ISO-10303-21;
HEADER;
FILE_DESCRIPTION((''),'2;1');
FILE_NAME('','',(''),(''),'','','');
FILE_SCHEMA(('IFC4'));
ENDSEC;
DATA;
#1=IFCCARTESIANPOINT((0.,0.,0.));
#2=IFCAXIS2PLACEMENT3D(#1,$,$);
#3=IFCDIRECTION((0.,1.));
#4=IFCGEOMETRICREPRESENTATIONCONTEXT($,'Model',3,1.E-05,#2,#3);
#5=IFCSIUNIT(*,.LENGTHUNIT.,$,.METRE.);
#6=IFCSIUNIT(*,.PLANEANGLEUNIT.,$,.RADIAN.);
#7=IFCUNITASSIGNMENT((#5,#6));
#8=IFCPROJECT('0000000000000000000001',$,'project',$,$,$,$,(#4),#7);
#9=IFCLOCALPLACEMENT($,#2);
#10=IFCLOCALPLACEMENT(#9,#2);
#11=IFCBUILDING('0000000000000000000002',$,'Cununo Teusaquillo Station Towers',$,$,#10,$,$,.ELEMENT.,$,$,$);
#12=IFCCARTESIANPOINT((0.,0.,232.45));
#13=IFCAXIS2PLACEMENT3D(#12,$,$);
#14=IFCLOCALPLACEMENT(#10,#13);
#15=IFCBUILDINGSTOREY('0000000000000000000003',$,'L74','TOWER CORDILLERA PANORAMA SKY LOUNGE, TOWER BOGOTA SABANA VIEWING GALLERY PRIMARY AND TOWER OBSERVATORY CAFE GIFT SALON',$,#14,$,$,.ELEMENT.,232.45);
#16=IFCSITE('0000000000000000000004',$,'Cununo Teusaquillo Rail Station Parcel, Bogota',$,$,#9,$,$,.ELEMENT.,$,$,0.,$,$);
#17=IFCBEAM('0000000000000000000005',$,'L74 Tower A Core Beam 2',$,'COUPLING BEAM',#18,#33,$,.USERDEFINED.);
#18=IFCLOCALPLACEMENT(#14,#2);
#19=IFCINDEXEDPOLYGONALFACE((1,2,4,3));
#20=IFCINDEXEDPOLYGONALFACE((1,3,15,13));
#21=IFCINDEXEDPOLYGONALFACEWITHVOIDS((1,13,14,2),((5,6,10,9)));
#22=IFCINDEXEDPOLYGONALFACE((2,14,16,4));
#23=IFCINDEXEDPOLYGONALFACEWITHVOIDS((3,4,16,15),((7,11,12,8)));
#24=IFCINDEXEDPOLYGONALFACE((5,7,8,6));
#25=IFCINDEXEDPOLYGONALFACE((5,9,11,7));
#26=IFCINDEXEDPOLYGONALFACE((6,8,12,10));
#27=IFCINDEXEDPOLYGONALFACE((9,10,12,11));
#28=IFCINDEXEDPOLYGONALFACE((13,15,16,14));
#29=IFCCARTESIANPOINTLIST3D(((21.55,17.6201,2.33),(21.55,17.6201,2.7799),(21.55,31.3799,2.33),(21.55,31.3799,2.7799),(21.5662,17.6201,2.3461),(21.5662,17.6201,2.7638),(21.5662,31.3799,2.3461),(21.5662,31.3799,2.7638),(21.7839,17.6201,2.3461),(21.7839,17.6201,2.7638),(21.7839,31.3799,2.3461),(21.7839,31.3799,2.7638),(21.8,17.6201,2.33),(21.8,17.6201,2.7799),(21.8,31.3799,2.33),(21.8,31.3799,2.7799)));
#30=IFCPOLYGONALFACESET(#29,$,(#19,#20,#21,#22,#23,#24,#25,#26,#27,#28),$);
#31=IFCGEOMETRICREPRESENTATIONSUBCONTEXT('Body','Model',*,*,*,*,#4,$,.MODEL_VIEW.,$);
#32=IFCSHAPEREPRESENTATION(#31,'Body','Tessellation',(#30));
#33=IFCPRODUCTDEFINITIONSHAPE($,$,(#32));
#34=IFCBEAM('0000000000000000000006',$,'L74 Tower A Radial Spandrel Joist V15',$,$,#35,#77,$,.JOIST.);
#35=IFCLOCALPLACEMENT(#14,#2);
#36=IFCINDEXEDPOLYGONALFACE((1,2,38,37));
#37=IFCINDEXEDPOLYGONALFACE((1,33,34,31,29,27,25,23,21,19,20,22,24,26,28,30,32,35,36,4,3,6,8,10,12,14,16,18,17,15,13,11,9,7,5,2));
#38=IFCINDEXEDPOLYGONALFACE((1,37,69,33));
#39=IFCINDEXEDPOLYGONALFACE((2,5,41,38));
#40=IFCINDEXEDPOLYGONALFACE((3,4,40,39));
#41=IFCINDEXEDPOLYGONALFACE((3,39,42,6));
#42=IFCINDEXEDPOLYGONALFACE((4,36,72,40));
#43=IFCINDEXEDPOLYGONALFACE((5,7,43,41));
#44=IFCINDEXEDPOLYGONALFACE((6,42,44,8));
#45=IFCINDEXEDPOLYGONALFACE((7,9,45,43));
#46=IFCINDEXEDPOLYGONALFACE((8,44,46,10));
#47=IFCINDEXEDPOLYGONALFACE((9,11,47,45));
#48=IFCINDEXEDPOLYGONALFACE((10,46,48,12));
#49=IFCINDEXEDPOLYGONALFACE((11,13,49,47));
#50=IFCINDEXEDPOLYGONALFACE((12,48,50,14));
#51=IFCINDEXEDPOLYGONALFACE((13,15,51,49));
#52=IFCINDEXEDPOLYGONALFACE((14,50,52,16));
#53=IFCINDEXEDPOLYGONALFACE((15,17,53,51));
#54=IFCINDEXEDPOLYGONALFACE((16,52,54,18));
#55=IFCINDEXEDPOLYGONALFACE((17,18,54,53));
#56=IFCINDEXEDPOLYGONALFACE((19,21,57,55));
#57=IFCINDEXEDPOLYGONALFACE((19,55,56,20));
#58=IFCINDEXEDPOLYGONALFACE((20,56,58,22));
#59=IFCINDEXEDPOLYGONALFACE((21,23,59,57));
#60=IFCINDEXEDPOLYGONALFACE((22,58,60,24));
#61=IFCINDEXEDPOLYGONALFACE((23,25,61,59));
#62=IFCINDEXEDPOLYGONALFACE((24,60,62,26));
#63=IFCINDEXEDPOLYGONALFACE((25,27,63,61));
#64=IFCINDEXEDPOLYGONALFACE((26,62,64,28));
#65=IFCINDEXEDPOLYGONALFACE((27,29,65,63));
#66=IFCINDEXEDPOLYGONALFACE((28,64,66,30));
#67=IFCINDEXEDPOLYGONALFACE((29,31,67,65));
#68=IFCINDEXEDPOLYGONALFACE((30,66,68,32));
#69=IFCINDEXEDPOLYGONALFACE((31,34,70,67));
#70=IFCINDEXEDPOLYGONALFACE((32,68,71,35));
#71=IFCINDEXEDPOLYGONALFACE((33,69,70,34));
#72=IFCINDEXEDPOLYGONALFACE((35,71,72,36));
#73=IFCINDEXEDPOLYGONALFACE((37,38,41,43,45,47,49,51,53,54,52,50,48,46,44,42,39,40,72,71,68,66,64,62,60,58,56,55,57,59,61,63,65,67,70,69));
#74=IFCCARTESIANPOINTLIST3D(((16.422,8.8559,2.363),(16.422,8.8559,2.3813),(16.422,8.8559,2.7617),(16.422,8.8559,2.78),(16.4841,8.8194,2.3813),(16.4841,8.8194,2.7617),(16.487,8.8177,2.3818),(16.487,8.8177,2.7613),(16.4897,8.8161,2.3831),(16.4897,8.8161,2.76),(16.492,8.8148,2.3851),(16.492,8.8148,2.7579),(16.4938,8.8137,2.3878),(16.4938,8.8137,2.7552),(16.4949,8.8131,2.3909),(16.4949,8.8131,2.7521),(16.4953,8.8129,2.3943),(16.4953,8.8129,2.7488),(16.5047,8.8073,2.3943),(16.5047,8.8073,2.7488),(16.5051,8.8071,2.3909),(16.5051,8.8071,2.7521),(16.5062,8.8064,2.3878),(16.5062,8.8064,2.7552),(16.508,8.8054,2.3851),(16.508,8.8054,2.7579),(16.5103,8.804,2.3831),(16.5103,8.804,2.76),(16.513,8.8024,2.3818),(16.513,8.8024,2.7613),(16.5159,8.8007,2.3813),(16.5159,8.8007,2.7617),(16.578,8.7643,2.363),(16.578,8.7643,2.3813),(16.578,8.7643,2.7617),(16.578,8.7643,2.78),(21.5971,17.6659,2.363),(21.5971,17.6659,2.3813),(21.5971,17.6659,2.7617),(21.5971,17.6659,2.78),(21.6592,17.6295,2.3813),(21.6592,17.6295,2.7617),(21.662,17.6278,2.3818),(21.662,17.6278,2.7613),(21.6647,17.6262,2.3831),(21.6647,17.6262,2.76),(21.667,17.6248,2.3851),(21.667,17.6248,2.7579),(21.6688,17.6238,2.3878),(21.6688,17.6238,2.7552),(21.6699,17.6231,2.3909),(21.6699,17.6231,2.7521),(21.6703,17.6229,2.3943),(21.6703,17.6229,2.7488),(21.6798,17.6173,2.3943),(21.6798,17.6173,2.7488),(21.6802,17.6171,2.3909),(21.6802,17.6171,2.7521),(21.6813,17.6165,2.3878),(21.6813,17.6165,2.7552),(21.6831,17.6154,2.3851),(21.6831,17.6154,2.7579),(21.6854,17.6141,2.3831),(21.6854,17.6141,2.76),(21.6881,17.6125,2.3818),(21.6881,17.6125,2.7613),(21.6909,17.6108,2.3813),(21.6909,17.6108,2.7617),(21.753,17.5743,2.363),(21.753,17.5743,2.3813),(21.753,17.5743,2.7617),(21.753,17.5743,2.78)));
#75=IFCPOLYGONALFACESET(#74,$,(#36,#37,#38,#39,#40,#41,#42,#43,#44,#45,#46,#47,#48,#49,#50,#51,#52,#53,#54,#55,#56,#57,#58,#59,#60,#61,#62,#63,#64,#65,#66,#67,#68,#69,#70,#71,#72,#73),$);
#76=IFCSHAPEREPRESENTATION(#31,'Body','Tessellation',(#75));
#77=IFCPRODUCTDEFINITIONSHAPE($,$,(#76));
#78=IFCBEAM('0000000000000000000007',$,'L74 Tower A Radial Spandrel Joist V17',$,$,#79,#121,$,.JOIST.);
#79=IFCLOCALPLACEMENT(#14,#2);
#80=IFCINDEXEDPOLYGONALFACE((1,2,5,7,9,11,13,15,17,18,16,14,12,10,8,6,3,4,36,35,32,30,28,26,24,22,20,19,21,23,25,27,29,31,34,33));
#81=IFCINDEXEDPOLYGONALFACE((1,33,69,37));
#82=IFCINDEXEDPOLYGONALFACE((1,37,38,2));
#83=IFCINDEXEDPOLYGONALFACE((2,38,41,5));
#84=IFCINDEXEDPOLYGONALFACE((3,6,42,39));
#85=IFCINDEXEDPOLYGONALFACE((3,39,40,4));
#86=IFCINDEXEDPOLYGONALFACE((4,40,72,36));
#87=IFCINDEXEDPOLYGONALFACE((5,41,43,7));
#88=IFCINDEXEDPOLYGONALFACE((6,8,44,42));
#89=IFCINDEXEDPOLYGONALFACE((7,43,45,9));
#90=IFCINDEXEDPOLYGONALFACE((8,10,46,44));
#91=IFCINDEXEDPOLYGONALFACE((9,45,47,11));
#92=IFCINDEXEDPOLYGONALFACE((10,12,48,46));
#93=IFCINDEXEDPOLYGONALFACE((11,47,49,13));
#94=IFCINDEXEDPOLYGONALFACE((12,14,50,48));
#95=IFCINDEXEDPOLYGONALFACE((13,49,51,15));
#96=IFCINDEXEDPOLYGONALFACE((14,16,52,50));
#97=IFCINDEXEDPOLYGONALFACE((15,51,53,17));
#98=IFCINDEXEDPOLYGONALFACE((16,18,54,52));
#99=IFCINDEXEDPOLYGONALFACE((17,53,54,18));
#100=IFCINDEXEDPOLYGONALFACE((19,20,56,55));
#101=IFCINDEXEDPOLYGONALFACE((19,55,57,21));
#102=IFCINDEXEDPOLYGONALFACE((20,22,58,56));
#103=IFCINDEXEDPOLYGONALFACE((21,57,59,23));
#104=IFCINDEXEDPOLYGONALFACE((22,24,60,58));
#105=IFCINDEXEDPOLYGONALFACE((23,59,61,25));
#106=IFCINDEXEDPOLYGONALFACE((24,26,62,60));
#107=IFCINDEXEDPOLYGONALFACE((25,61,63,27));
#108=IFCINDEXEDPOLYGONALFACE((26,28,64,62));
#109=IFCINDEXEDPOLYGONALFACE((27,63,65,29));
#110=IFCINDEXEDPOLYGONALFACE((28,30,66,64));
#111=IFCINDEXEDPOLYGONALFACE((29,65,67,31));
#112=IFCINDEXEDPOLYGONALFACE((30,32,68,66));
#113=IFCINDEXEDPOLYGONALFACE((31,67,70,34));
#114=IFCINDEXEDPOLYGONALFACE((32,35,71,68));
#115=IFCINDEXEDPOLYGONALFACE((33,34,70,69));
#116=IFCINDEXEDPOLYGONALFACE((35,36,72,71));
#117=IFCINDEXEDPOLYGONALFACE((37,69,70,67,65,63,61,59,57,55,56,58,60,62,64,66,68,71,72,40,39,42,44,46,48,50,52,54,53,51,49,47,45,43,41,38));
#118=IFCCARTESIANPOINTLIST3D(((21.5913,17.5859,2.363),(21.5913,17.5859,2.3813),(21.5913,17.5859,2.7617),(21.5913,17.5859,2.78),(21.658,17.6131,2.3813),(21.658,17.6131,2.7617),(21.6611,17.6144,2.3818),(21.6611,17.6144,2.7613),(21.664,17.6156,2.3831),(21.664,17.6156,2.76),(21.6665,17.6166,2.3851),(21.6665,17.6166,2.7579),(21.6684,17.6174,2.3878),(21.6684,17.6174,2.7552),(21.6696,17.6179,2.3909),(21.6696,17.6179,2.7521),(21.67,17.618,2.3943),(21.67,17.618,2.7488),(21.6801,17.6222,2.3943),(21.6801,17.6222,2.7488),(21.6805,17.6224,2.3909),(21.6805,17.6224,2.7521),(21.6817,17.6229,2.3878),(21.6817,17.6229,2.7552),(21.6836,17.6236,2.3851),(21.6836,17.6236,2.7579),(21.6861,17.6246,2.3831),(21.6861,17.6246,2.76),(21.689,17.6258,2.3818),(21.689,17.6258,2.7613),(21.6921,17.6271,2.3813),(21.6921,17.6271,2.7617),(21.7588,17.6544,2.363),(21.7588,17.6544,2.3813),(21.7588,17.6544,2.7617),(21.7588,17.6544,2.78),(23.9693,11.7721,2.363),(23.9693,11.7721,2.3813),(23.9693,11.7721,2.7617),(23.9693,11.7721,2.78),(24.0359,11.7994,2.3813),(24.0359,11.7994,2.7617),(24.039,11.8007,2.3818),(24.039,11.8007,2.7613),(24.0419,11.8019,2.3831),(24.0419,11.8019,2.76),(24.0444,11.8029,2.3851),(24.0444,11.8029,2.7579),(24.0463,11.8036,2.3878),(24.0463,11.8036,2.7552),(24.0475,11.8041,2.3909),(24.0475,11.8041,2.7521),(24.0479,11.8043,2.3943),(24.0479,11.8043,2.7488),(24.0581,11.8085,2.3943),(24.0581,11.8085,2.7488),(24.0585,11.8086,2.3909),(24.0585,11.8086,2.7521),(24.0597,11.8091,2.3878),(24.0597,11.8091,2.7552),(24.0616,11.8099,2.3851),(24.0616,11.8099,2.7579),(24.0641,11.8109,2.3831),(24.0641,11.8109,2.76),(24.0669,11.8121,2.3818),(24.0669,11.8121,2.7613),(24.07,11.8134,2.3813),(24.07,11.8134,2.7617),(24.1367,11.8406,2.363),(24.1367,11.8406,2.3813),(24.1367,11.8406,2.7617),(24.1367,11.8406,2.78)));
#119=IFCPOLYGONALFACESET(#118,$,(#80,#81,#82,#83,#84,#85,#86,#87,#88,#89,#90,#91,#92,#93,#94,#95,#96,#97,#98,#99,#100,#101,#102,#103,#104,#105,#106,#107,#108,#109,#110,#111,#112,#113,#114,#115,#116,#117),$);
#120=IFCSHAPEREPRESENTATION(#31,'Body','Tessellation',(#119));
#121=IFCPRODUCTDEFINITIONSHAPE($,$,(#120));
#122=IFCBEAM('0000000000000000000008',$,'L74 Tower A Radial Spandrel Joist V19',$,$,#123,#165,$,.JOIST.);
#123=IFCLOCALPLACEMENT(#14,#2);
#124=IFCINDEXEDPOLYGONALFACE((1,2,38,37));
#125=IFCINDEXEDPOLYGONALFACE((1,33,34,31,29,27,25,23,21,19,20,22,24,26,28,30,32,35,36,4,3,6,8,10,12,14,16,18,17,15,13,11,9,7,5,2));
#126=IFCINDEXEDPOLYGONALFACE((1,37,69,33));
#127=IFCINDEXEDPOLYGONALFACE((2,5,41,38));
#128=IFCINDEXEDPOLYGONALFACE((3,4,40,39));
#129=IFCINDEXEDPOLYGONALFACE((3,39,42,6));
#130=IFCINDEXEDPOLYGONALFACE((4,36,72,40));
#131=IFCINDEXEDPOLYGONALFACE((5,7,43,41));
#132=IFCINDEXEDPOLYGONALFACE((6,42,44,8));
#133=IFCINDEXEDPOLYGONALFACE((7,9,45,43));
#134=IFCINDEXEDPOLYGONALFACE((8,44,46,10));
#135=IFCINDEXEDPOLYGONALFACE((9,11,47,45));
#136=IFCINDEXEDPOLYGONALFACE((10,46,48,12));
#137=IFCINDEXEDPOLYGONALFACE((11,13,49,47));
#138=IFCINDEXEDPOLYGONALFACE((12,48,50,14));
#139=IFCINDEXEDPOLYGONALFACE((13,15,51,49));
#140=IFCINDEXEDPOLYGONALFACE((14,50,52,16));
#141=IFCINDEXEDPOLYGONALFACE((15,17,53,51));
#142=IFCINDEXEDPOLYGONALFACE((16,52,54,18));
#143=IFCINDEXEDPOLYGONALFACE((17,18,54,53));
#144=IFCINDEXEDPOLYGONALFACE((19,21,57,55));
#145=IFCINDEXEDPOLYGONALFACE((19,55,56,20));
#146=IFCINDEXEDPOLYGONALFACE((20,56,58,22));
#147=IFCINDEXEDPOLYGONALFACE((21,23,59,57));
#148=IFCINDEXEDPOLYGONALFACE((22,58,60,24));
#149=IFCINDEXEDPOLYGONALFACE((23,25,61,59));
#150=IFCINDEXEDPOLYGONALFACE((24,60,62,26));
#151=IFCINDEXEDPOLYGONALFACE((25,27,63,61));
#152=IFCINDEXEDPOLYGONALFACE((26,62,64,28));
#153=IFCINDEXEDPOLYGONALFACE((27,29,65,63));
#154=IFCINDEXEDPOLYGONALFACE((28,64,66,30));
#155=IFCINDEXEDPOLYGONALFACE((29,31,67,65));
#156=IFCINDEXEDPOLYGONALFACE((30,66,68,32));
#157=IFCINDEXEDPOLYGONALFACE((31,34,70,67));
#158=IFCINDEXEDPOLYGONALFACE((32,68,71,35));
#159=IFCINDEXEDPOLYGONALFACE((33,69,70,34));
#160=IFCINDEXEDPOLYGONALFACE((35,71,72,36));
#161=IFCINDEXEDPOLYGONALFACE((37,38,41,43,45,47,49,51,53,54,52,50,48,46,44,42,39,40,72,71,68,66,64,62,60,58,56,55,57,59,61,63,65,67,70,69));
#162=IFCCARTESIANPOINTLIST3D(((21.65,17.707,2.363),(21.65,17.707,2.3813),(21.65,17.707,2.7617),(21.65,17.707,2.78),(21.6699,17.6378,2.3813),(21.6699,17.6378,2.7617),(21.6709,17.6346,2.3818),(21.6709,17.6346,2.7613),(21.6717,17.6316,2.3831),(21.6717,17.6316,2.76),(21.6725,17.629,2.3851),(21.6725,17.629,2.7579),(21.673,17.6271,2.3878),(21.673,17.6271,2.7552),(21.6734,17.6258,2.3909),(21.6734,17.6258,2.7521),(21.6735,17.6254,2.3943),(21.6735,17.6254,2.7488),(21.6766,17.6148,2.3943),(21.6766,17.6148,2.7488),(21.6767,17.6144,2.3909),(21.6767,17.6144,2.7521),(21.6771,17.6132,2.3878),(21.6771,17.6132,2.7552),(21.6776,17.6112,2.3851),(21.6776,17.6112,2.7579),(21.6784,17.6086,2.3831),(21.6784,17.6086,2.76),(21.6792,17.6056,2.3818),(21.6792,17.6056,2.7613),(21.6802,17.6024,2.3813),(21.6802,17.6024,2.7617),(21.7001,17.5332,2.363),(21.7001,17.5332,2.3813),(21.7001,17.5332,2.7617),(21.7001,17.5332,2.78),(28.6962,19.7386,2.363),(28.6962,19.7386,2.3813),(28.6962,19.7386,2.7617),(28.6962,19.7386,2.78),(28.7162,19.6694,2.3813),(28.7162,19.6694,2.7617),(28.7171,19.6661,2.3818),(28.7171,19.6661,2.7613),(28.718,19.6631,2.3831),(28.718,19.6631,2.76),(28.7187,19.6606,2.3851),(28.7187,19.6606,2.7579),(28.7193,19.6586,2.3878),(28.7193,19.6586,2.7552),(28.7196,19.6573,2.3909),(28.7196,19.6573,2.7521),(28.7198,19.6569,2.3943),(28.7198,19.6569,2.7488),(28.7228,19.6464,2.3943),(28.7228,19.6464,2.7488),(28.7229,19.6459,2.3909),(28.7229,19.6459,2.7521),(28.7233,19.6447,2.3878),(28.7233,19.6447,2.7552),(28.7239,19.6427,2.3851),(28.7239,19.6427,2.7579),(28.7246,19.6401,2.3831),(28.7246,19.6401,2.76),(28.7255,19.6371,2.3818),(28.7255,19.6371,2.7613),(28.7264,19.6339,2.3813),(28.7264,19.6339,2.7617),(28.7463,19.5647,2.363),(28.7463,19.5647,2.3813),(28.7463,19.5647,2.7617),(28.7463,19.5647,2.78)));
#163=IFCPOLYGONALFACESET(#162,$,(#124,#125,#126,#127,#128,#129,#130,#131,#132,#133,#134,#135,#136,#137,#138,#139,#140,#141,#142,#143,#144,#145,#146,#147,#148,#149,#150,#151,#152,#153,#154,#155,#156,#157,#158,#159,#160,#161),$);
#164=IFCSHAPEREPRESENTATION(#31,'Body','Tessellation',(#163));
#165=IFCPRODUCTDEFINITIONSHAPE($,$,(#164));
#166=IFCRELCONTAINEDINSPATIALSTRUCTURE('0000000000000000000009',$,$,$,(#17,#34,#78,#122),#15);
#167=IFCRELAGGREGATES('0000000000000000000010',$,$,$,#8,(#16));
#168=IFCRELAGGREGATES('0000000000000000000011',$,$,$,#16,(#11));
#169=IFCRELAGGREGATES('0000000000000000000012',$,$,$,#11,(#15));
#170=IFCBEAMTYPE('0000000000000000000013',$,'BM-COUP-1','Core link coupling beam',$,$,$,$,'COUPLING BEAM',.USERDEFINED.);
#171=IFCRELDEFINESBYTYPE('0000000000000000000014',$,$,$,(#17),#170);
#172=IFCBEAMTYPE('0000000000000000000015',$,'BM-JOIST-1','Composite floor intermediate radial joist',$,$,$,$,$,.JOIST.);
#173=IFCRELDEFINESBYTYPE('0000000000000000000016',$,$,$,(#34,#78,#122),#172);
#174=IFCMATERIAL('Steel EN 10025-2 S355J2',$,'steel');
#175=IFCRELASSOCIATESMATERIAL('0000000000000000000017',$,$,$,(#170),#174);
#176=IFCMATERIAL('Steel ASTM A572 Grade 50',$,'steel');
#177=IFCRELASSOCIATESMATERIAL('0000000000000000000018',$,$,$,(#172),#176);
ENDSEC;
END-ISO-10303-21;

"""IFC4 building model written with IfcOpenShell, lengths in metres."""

from ifc_helpers import new_model, si_unit, direction, frame, origin, origin_2d, place, context, subcontext, project, spatial, hollow_rectangle, i_section, extrude, material, material_profile, profile_set, type_object, element, save


model = new_model("IFC4")

# Units and contexts
model_context = context("Model", 3, precision=1e-05, world=origin(), true_north=direction((0.0, 1.0)))
body_context = subcontext(model_context, "Body", "Model", "MODEL_VIEW")
ifc_project = project(units=[si_unit("LENGTHUNIT", "METRE"), si_unit("PLANEANGLEUNIT", "RADIAN")], contexts=[model_context])

# Site, building, storey
site_placement = place(None, origin())
site = spatial("IfcSite", under=ifc_project, at=site_placement, Name="Cununo Teusaquillo Rail Station Parcel, Bogota", CompositionType="ELEMENT", RefElevation=0.0)
building_placement = place(site_placement, origin())
building = spatial("IfcBuilding", under=site, at=building_placement, Name="Cununo Teusaquillo Station Towers", CompositionType="ELEMENT")
storey_placement = place(building_placement, frame((0.0, 0.0, 232.45)))
storey = spatial("IfcBuildingStorey", under=building, at=storey_placement, Name="L74", Description="TOWER CORDILLERA PANORAMA SKY LOUNGE, TOWER BOGOTA SABANA VIEWING GALLERY PRIMARY AND TOWER OBSERVATORY CAFE GIFT SALON", CompositionType="ELEMENT", Elevation=232.45)

# Beams
ifc_material_1 = material(Name="Steel EN 10025-2 S355J2", Category="steel")
ifc_material_profile_1 = material_profile(ifc_material_1, hollow_rectangle(XDim=0.25, YDim=0.45, WallThickness=0.0161, at=origin_2d()), Name="RHS 450x250x16")
ifc_profile_set_1 = profile_set([ifc_material_profile_1], Name="Steel EN 10025-2 S355J2")
beam_type_1 = type_object("IfcBeamType", Name="BM-COUP-1", Description="Core link coupling beam", ElementType="COUPLING BEAM", PredefinedType="USERDEFINED", material=ifc_profile_set_1)
beam_1_placement = place(storey_placement, frame((21.675, 17.6201, 2.5549), z_axis=(0.0, 1.0, 0.0), x_axis=(-1.0, 0.0, 0.0)))
element("IfcBeam", 1, at=beam_1_placement, inside=storey, type_object=beam_type_1, Name="L74 Tower A Core Beam 2", ObjectType="COUPLING BEAM", PredefinedType="USERDEFINED", context=body_context, shape_type="SweptSolid", body=[
    extrude(hollow_rectangle(XDim=0.25, YDim=0.45, WallThickness=0.0161, at=origin_2d()), origin(), (0.0, 0.0, 1.0), 13.7598),
])
ifc_material_2 = material(Name="Steel ASTM A572 Grade 50", Category="steel")
ifc_material_profile_2 = material_profile(ifc_material_2, i_section(OverallWidth=0.1809, OverallDepth=0.417, WebThickness=0.011, FlangeThickness=0.0183, FilletRadius=0.0129, at=origin_2d()), Name="W16X57")
ifc_profile_set_2 = profile_set([ifc_material_profile_2], Name="Steel ASTM A572 Grade 50")
beam_type_2 = type_object("IfcBeamType", Name="BM-JOIST-1", Description="Composite floor intermediate radial joist", PredefinedType="JOIST", material=ifc_profile_set_2)
beam_2_placement = place(storey_placement, frame((21.675, 17.6201, 2.5715), z_axis=(-0.506486, -0.862248, 0.0), x_axis=(0.862248, -0.506486, 0.0)))
element("IfcBeam", 2, at=beam_2_placement, inside=storey, type_object=beam_type_2, Name="L74 Tower A Radial Spandrel Joist V15", PredefinedType="JOIST", context=body_context, shape_type="SweptSolid", body=[
    extrude(i_section(OverallWidth=0.1809, OverallDepth=0.417, WebThickness=0.011, FlangeThickness=0.0183, FilletRadius=0.0129, at=origin_2d()), origin(), (0.0, 0.0, 1.0), 10.2175),
])
beam_3_placement = place(storey_placement, frame((21.675, 17.6201, 2.5715), z_axis=(0.378577, -0.92557, 0.0), x_axis=(0.92557, 0.378577, 0.0)))
element("IfcBeam", 3, at=beam_3_placement, inside=storey, type_object=beam_type_2, Name="L74 Tower A Radial Spandrel Joist V17", PredefinedType="JOIST", context=body_context, shape_type="SweptSolid", body=[
    extrude(i_section(OverallWidth=0.1809, OverallDepth=0.417, WebThickness=0.011, FlangeThickness=0.0183, FilletRadius=0.0129, at=origin_2d()), origin(), (0.0, 0.0, 1.0), 6.2812),
])
beam_4_placement = place(storey_placement, frame((21.675, 17.6201, 2.5715), z_axis=(0.960862, 0.277029, 0.0), x_axis=(-0.277029, 0.960862, 0.0)))
element("IfcBeam", 4, at=beam_4_placement, inside=storey, type_object=beam_type_2, Name="L74 Tower A Radial Spandrel Joist V19", PredefinedType="JOIST", context=body_context, shape_type="SweptSolid", body=[
    extrude(i_section(OverallWidth=0.1809, OverallDepth=0.417, WebThickness=0.011, FlangeThickness=0.0183, FilletRadius=0.0129, at=origin_2d()), origin(), (0.0, 0.0, 1.0), 7.3333),
])

save(model, "model.ifc")
